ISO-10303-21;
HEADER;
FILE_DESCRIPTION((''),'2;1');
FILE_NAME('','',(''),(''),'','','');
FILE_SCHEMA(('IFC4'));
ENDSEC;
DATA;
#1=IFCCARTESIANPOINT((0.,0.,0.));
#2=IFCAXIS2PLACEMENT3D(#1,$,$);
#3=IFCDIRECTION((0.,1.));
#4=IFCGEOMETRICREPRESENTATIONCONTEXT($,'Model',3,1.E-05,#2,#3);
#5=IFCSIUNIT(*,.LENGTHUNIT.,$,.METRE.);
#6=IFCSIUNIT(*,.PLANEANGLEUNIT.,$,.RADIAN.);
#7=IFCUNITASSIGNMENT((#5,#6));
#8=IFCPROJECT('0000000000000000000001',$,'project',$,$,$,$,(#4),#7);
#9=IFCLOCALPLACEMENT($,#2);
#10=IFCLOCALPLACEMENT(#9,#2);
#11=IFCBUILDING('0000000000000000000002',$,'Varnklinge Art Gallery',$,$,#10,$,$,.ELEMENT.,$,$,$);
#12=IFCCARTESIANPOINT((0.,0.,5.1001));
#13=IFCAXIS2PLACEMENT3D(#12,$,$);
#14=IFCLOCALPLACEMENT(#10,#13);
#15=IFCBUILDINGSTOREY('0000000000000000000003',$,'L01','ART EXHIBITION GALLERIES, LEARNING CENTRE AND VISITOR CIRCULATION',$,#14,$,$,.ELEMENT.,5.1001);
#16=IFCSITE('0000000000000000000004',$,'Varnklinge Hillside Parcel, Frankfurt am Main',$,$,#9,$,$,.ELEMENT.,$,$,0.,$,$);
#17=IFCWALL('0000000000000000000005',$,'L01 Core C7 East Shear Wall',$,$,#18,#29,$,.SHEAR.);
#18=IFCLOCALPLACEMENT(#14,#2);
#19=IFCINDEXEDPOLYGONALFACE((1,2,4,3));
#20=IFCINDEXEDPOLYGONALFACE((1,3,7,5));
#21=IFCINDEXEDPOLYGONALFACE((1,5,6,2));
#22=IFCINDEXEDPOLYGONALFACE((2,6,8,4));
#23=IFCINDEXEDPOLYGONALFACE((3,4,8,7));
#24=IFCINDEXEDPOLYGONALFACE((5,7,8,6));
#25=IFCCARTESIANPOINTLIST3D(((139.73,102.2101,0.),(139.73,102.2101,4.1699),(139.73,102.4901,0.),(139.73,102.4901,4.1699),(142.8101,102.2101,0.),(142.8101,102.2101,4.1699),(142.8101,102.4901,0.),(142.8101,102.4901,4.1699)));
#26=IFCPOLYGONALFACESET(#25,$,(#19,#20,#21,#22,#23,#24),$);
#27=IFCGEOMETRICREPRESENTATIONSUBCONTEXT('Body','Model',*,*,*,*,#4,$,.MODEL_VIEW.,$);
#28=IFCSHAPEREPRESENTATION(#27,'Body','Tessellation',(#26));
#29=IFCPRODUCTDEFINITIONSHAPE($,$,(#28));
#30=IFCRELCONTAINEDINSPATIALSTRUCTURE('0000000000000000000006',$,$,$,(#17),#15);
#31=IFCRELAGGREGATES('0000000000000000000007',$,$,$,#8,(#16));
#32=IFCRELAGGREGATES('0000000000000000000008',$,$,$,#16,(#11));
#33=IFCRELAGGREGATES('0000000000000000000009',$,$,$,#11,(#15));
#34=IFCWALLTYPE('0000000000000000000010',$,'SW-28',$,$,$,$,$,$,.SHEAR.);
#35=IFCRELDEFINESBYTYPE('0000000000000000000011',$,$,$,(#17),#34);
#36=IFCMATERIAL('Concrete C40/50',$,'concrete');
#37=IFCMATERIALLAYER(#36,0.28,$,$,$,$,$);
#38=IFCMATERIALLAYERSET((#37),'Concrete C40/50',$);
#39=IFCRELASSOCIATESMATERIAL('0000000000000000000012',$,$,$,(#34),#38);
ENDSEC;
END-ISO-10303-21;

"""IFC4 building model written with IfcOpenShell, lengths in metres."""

from ifc_helpers import new_model, si_unit, direction, frame, frame_2d, origin, place, context, subcontext, project, spatial, rectangle, extrude, material, layer, layer_set, type_object, element, save


model = new_model("IFC4")

# Units and contexts
model_context = context("Model", 3, precision=1e-05, world=origin(), true_north=direction((0.0, 1.0)))
body_context = subcontext(model_context, "Body", "Model", "MODEL_VIEW")
ifc_project = project(units=[si_unit("LENGTHUNIT", "METRE"), si_unit("PLANEANGLEUNIT", "RADIAN")], contexts=[model_context])

# Site, building, storey
site_placement = place(None, origin())
site = spatial("IfcSite", under=ifc_project, at=site_placement, Name="Varnklinge Hillside Parcel, Frankfurt am Main", CompositionType="ELEMENT", RefElevation=0.0)
building_placement = place(site_placement, origin())
building = spatial("IfcBuilding", under=site, at=building_placement, Name="Varnklinge Art Gallery", CompositionType="ELEMENT")
storey_placement = place(building_placement, frame((0.0, 0.0, 5.1001)))
storey = spatial("IfcBuildingStorey", under=building, at=storey_placement, Name="L01", Description="ART EXHIBITION GALLERIES, LEARNING CENTRE AND VISITOR CIRCULATION", CompositionType="ELEMENT", Elevation=5.1001)

# Wall
ifc_material_1 = material(Name="Concrete C40/50", Category="concrete")
ifc_layer_1 = layer(ifc_material_1, 0.28)
ifc_layer_set_1 = layer_set([ifc_layer_1], Name="Concrete C40/50")
wall_type_1 = type_object("IfcWallType", Name="SW-28", PredefinedType="SHEAR", material=ifc_layer_set_1)
wall_1_placement = place(storey_placement, frame((142.8101, 102.3501, 0.0), z_axis=(0.0, 0.0, 1.0), x_axis=(-1.0, 0.0, 0.0)))
element("IfcWall", 1, at=wall_1_placement, inside=storey, type_object=wall_type_1, Name="L01 Core C7 East Shear Wall", PredefinedType="SHEAR", context=body_context, shape_type="SweptSolid", body=[
    extrude(rectangle(XDim=3.0801, YDim=0.28, at=frame_2d((1.54, 0.0))), origin(), (0.0, 0.0, 1.0), 4.1699),
])

save(model, "model.ifc")
